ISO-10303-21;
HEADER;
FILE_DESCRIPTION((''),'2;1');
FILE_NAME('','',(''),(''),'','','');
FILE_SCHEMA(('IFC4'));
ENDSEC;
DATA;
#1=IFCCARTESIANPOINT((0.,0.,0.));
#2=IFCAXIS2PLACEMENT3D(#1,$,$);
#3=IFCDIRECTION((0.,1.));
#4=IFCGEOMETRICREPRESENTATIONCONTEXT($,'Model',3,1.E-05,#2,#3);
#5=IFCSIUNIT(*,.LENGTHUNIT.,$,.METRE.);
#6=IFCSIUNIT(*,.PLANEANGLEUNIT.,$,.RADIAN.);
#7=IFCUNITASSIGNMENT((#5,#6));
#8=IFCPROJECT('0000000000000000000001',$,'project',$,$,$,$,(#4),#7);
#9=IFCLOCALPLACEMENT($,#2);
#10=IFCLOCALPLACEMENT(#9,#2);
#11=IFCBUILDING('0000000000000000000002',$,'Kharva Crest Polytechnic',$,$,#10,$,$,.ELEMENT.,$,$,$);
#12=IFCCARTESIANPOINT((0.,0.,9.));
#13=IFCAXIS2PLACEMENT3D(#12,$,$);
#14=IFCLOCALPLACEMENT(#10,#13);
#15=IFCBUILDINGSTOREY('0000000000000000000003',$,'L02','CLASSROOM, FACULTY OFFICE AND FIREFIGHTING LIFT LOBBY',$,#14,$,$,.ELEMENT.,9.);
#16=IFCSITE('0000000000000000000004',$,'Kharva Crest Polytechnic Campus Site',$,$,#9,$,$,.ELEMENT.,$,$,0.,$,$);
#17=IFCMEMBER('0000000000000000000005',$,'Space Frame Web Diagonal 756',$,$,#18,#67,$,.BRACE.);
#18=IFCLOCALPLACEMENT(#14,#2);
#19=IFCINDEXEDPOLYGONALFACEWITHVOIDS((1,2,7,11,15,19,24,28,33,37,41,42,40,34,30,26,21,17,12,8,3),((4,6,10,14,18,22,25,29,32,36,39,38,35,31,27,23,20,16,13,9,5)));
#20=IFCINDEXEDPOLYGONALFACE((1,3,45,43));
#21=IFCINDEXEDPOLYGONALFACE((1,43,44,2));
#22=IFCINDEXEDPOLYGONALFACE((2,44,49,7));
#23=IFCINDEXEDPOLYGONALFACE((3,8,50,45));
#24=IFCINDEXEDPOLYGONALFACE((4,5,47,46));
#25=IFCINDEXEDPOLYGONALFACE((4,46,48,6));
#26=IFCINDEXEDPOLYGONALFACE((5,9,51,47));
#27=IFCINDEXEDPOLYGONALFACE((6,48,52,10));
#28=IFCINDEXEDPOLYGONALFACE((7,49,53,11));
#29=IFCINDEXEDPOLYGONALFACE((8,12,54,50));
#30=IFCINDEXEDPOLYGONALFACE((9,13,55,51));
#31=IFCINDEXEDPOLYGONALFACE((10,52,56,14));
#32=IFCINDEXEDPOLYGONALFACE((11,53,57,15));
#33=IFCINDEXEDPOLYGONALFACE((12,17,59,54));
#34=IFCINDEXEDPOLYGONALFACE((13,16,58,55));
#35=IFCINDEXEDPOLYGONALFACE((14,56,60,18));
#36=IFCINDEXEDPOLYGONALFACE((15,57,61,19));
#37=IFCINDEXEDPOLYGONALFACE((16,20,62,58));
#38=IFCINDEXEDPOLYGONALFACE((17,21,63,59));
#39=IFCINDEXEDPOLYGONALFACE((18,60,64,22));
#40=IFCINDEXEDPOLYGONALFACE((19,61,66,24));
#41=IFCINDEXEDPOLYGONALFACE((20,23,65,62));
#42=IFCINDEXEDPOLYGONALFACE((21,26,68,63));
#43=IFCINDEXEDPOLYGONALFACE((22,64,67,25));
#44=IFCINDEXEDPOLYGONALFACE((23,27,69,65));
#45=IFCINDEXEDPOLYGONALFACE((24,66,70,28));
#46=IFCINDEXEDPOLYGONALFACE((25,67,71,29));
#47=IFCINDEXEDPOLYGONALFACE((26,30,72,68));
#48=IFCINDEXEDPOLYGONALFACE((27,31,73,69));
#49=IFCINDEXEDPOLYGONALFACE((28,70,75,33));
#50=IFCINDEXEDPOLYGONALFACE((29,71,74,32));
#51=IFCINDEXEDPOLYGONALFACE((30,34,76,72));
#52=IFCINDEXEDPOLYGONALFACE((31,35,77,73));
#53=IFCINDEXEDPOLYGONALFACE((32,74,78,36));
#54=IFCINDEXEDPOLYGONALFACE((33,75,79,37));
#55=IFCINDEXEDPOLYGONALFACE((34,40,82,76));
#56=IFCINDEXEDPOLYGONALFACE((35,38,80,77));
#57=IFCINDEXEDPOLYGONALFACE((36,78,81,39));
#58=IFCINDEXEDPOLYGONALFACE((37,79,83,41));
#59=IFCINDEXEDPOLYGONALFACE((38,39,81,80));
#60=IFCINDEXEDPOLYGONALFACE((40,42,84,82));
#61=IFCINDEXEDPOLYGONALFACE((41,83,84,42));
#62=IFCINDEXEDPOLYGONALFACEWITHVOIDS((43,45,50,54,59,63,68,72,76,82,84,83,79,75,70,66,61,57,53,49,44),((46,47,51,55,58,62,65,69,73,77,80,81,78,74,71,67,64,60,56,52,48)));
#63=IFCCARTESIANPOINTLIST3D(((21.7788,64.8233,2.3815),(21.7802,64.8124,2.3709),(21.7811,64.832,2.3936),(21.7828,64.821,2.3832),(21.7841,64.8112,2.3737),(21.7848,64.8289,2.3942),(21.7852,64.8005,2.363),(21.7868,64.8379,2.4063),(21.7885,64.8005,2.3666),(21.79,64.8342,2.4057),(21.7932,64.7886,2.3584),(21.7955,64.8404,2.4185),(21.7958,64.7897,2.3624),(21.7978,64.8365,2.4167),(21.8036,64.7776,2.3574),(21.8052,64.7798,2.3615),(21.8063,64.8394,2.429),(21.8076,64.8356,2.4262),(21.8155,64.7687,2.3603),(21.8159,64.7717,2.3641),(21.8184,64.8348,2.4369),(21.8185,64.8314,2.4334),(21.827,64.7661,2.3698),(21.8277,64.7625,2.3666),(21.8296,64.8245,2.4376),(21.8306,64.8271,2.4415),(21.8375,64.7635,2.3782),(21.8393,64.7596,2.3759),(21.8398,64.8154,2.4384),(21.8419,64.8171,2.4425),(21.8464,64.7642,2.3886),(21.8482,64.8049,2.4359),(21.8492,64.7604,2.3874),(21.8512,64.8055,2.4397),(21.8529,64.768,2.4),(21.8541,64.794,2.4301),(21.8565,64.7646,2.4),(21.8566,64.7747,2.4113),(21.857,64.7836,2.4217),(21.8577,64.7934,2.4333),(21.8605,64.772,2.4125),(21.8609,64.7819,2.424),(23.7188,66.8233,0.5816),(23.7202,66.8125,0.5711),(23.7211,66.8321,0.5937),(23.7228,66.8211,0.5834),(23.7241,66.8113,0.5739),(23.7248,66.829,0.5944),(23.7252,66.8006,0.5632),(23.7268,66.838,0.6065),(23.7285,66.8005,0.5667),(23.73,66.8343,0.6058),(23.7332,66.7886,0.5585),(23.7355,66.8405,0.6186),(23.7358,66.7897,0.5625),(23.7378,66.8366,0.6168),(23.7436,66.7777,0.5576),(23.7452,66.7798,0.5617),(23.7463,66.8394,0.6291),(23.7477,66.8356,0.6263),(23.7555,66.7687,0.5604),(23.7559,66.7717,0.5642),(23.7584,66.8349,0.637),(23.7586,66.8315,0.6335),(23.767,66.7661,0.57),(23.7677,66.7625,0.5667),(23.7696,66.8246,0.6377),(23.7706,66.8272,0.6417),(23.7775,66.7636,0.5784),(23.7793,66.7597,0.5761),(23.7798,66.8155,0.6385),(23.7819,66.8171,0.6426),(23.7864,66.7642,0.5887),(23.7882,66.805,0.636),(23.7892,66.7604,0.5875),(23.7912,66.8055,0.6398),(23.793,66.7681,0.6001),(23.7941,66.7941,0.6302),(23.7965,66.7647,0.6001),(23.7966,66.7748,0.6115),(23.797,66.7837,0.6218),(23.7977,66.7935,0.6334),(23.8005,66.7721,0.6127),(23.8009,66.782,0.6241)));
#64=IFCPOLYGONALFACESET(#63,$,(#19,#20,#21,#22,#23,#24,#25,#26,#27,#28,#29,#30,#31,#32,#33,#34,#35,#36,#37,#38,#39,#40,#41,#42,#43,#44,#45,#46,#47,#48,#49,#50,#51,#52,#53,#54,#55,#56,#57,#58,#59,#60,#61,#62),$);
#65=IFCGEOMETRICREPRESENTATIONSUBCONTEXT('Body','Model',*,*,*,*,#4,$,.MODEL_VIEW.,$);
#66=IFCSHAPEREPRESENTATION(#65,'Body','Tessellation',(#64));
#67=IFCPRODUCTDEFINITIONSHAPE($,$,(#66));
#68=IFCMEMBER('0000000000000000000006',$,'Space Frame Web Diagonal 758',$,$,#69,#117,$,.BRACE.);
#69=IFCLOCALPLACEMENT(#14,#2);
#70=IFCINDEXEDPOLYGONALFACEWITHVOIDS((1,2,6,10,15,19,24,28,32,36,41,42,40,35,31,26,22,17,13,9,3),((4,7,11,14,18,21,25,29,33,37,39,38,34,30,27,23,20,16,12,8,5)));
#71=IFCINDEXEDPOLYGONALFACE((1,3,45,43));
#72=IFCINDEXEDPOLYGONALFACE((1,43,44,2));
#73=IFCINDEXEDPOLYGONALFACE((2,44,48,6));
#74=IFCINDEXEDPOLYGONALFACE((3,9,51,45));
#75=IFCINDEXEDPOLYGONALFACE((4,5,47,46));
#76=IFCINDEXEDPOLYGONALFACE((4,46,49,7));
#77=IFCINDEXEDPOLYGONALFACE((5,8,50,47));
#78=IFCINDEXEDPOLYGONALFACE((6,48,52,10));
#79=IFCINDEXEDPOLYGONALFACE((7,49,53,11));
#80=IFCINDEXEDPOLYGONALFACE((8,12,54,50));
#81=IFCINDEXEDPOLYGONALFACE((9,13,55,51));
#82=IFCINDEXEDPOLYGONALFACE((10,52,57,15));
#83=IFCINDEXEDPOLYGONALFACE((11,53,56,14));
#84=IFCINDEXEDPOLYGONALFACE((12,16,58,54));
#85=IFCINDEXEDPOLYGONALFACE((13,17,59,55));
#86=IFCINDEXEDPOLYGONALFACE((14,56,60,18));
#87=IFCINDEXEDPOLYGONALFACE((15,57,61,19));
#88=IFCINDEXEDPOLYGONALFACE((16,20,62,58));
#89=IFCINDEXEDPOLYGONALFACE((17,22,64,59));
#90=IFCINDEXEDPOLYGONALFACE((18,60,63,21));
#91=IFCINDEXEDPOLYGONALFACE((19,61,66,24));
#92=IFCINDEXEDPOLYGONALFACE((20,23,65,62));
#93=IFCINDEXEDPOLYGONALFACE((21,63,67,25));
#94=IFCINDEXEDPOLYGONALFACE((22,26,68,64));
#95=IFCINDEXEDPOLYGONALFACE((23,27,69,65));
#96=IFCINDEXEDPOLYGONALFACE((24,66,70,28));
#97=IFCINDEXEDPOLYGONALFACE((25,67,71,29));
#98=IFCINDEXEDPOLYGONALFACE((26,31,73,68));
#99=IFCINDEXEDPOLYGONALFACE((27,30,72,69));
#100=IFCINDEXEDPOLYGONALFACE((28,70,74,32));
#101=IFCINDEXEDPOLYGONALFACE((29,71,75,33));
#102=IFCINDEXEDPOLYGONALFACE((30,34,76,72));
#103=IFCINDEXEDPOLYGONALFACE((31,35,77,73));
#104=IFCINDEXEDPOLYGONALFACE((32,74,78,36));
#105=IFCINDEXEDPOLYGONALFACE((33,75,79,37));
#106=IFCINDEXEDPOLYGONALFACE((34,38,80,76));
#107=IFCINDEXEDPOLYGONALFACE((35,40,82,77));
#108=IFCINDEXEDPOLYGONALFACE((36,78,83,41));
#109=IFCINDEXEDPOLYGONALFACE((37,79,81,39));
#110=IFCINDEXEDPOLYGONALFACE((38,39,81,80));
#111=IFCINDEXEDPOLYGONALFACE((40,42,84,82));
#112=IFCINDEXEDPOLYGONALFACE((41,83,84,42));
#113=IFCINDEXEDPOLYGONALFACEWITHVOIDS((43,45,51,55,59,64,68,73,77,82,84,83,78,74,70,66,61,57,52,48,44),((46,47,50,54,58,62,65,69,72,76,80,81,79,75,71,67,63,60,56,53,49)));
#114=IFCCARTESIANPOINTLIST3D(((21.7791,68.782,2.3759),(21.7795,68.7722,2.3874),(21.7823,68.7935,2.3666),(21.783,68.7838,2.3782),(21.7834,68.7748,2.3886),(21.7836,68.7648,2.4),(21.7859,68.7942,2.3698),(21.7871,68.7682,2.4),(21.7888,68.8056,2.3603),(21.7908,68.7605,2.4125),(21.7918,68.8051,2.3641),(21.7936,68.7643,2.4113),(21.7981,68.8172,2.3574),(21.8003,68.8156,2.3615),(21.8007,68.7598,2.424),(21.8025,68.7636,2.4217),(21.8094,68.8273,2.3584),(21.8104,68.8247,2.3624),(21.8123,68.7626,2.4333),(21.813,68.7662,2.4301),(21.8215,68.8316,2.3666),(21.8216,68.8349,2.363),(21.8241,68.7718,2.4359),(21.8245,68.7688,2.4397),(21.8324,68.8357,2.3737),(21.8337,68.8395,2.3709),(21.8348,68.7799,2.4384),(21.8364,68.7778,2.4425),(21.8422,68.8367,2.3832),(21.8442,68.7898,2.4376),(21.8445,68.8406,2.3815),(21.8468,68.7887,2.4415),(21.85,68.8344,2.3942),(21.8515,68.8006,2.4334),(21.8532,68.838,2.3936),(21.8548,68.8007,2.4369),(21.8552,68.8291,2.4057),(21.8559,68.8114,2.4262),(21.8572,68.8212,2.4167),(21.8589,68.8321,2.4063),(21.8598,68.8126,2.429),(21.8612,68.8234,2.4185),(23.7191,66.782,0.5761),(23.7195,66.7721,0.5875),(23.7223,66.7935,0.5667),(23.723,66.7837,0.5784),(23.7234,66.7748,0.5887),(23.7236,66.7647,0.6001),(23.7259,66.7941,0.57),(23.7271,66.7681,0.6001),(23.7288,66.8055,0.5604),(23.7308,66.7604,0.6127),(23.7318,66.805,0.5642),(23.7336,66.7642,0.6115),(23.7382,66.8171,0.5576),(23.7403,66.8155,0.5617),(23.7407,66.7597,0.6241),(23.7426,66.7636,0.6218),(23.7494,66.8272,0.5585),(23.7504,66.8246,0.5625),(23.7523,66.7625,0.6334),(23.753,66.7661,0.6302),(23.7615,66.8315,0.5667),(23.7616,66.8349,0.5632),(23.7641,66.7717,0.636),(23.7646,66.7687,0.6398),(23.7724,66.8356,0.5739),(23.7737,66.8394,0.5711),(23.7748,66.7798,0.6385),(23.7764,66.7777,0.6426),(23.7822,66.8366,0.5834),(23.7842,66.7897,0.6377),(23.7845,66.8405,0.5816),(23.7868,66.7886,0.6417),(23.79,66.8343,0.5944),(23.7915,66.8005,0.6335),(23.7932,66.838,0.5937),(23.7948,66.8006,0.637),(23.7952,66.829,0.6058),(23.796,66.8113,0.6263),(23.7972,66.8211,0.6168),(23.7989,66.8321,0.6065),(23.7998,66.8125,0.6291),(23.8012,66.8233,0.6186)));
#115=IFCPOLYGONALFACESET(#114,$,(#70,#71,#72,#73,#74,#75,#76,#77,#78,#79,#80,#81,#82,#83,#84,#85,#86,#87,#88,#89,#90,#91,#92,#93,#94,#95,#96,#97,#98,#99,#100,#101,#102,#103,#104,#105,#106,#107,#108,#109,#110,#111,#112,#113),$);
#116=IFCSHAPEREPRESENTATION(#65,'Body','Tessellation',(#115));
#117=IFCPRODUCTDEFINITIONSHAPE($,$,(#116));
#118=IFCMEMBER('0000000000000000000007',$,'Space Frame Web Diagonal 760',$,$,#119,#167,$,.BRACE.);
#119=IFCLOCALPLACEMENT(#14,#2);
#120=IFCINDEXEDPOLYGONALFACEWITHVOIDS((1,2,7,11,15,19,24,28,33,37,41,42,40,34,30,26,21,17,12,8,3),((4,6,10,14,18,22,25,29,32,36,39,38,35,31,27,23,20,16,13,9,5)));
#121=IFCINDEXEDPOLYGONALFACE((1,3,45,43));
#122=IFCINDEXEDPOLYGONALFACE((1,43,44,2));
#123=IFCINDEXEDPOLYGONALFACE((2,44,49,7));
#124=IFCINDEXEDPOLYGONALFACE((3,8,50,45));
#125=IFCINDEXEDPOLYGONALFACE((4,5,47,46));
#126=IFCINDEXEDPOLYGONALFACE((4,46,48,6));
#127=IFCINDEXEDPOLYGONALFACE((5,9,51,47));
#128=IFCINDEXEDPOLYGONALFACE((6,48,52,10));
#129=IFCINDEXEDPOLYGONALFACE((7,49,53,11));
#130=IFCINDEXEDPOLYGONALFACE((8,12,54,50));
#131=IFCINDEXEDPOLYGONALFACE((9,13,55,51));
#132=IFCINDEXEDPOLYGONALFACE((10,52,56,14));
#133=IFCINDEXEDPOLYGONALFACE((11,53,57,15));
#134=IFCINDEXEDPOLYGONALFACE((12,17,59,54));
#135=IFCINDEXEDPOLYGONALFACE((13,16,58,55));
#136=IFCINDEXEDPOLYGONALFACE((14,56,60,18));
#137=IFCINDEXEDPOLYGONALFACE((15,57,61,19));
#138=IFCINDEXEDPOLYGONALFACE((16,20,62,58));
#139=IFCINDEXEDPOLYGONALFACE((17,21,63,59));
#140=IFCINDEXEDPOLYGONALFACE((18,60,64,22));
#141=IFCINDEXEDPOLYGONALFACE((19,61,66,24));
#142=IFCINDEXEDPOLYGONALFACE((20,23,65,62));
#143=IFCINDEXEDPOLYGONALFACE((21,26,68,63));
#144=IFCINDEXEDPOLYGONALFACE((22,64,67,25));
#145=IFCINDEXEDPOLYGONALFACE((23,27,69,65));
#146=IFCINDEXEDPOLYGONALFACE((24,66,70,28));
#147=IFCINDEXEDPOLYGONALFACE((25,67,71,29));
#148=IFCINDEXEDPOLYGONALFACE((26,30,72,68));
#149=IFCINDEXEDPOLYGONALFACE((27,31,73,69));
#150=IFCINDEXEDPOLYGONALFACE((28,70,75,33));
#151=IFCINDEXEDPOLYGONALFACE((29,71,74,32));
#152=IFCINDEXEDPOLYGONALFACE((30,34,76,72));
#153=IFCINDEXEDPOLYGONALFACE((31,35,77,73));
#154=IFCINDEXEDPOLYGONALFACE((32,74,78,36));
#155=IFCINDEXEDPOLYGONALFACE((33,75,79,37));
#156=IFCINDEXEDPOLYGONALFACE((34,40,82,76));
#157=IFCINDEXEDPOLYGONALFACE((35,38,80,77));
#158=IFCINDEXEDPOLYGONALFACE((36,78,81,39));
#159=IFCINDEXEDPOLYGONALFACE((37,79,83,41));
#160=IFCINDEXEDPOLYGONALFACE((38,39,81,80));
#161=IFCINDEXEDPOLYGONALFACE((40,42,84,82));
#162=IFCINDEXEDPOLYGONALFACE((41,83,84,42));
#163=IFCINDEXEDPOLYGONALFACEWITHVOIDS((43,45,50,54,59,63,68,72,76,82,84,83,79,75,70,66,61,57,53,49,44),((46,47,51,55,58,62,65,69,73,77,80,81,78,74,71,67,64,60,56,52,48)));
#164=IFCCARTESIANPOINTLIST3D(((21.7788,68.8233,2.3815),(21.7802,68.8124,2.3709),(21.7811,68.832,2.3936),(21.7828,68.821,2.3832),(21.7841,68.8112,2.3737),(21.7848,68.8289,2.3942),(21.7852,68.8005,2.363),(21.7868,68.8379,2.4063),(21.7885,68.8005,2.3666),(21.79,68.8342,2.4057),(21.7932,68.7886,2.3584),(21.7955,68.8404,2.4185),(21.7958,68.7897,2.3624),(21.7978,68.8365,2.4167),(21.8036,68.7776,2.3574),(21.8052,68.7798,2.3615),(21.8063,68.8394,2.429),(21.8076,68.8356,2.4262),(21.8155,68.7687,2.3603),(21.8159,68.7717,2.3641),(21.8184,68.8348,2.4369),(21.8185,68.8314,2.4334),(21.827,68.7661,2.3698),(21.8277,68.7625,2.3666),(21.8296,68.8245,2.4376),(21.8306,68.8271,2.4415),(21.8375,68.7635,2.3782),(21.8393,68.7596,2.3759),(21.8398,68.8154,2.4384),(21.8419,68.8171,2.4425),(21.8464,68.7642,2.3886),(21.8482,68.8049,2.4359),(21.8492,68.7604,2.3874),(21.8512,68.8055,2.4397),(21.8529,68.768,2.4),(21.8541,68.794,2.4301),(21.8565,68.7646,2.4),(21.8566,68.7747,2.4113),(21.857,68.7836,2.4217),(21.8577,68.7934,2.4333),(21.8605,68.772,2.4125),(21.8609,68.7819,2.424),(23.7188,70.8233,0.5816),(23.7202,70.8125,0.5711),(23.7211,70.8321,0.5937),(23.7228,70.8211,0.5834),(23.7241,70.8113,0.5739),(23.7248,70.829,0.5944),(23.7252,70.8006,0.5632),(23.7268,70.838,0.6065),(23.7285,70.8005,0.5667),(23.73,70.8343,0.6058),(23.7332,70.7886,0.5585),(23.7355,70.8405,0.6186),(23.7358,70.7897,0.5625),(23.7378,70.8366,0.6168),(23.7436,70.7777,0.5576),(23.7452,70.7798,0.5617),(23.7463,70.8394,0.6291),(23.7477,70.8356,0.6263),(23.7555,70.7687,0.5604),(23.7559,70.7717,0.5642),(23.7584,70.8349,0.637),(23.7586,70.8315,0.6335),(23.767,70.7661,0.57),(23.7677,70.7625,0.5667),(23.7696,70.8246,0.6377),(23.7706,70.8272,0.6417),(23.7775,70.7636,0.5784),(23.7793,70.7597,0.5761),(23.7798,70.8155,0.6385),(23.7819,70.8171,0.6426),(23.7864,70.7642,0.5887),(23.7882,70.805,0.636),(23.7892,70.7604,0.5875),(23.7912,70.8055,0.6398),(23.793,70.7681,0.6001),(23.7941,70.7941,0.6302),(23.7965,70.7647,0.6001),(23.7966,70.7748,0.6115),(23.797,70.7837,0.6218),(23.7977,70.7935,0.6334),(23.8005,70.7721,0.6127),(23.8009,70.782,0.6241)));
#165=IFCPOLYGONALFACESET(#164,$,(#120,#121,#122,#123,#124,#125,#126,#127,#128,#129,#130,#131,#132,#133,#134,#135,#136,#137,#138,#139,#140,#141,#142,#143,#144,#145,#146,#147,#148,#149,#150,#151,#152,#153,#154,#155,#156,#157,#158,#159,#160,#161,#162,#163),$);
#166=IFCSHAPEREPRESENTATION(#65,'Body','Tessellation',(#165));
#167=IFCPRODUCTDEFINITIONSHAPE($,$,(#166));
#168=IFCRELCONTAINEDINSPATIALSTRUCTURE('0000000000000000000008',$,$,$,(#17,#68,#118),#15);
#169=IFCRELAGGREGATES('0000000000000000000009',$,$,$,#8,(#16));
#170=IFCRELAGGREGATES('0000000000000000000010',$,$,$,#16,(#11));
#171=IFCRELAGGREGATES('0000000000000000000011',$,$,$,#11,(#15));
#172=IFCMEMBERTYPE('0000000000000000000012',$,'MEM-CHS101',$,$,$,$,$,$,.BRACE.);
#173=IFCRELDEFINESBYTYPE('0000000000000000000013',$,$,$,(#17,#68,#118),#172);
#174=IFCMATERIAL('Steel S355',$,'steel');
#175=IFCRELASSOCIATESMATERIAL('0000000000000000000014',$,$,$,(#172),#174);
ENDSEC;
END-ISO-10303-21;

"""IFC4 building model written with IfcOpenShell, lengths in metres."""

from ifc_helpers import new_model, si_unit, direction, frame, origin, origin_2d, place, context, subcontext, project, spatial, hollow_circle, extrude, material, material_profile, profile_set, type_object, element, save


model = new_model("IFC4")

# Units and contexts
model_context = context("Model", 3, precision=1e-05, world=origin(), true_north=direction((0.0, 1.0)))
body_context = subcontext(model_context, "Body", "Model", "MODEL_VIEW")
ifc_project = project(units=[si_unit("LENGTHUNIT", "METRE"), si_unit("PLANEANGLEUNIT", "RADIAN")], contexts=[model_context])

# Site, building, storey
site_placement = place(None, origin())
site = spatial("IfcSite", under=ifc_project, at=site_placement, Name="Kharva Crest Polytechnic Campus Site", CompositionType="ELEMENT", RefElevation=0.0)
building_placement = place(site_placement, origin())
building = spatial("IfcBuilding", under=site, at=building_placement, Name="Kharva Crest Polytechnic", CompositionType="ELEMENT")
storey_placement = place(building_placement, frame((0.0, 0.0, 9.0)))
storey = spatial("IfcBuildingStorey", under=building, at=storey_placement, Name="L02", Description="CLASSROOM, FACULTY OFFICE AND FIREFIGHTING LIFT LOBBY", CompositionType="ELEMENT", Elevation=9.0)

# Shared definitions
ifc_material_1 = material(Name="Steel S355", Category="steel")

# Members
ifc_material_profile_1 = material_profile(ifc_material_1, hollow_circle(Radius=0.0508, WallThickness=0.0049, at=origin_2d()), Name="CHS 101.6X5.0")
ifc_profile_set_1 = profile_set([ifc_material_profile_1], Name="Steel S355")
member_type_1 = type_object("IfcMemberType", Name="MEM-CHS101", PredefinedType="BRACE", material=ifc_profile_set_1)
for number, where, z_axis, x_axis, name in (
    (1, (23.76, 66.8, 0.6001), (-0.584843, -0.60295, 0.542596), (0.717802, -0.696247, 0.0), "Space Frame Web Diagonal 756"),
    (2, (23.76, 66.8, 0.6001), (-0.584843, 0.60295, 0.542596), (-0.717802, -0.696247, 0.0), "Space Frame Web Diagonal 758"),
    (3, (23.76, 70.8, 0.6001), (-0.584843, -0.60295, 0.542596), (0.717802, -0.696247, 0.0), "Space Frame Web Diagonal 760"),
):
    element("IfcMember", number, at=place(storey_placement, frame(where, z_axis=z_axis, x_axis=x_axis)), inside=storey, type_object=member_type_1, Name=name, PredefinedType="BRACE", context=body_context, shape_type="SweptSolid", body=[
        extrude(hollow_circle(Radius=0.0508, WallThickness=0.0049, at=origin_2d()), origin(), (0.0, 0.0, 1.0), 3.3171),
    ])

save(model, "model.ifc")
